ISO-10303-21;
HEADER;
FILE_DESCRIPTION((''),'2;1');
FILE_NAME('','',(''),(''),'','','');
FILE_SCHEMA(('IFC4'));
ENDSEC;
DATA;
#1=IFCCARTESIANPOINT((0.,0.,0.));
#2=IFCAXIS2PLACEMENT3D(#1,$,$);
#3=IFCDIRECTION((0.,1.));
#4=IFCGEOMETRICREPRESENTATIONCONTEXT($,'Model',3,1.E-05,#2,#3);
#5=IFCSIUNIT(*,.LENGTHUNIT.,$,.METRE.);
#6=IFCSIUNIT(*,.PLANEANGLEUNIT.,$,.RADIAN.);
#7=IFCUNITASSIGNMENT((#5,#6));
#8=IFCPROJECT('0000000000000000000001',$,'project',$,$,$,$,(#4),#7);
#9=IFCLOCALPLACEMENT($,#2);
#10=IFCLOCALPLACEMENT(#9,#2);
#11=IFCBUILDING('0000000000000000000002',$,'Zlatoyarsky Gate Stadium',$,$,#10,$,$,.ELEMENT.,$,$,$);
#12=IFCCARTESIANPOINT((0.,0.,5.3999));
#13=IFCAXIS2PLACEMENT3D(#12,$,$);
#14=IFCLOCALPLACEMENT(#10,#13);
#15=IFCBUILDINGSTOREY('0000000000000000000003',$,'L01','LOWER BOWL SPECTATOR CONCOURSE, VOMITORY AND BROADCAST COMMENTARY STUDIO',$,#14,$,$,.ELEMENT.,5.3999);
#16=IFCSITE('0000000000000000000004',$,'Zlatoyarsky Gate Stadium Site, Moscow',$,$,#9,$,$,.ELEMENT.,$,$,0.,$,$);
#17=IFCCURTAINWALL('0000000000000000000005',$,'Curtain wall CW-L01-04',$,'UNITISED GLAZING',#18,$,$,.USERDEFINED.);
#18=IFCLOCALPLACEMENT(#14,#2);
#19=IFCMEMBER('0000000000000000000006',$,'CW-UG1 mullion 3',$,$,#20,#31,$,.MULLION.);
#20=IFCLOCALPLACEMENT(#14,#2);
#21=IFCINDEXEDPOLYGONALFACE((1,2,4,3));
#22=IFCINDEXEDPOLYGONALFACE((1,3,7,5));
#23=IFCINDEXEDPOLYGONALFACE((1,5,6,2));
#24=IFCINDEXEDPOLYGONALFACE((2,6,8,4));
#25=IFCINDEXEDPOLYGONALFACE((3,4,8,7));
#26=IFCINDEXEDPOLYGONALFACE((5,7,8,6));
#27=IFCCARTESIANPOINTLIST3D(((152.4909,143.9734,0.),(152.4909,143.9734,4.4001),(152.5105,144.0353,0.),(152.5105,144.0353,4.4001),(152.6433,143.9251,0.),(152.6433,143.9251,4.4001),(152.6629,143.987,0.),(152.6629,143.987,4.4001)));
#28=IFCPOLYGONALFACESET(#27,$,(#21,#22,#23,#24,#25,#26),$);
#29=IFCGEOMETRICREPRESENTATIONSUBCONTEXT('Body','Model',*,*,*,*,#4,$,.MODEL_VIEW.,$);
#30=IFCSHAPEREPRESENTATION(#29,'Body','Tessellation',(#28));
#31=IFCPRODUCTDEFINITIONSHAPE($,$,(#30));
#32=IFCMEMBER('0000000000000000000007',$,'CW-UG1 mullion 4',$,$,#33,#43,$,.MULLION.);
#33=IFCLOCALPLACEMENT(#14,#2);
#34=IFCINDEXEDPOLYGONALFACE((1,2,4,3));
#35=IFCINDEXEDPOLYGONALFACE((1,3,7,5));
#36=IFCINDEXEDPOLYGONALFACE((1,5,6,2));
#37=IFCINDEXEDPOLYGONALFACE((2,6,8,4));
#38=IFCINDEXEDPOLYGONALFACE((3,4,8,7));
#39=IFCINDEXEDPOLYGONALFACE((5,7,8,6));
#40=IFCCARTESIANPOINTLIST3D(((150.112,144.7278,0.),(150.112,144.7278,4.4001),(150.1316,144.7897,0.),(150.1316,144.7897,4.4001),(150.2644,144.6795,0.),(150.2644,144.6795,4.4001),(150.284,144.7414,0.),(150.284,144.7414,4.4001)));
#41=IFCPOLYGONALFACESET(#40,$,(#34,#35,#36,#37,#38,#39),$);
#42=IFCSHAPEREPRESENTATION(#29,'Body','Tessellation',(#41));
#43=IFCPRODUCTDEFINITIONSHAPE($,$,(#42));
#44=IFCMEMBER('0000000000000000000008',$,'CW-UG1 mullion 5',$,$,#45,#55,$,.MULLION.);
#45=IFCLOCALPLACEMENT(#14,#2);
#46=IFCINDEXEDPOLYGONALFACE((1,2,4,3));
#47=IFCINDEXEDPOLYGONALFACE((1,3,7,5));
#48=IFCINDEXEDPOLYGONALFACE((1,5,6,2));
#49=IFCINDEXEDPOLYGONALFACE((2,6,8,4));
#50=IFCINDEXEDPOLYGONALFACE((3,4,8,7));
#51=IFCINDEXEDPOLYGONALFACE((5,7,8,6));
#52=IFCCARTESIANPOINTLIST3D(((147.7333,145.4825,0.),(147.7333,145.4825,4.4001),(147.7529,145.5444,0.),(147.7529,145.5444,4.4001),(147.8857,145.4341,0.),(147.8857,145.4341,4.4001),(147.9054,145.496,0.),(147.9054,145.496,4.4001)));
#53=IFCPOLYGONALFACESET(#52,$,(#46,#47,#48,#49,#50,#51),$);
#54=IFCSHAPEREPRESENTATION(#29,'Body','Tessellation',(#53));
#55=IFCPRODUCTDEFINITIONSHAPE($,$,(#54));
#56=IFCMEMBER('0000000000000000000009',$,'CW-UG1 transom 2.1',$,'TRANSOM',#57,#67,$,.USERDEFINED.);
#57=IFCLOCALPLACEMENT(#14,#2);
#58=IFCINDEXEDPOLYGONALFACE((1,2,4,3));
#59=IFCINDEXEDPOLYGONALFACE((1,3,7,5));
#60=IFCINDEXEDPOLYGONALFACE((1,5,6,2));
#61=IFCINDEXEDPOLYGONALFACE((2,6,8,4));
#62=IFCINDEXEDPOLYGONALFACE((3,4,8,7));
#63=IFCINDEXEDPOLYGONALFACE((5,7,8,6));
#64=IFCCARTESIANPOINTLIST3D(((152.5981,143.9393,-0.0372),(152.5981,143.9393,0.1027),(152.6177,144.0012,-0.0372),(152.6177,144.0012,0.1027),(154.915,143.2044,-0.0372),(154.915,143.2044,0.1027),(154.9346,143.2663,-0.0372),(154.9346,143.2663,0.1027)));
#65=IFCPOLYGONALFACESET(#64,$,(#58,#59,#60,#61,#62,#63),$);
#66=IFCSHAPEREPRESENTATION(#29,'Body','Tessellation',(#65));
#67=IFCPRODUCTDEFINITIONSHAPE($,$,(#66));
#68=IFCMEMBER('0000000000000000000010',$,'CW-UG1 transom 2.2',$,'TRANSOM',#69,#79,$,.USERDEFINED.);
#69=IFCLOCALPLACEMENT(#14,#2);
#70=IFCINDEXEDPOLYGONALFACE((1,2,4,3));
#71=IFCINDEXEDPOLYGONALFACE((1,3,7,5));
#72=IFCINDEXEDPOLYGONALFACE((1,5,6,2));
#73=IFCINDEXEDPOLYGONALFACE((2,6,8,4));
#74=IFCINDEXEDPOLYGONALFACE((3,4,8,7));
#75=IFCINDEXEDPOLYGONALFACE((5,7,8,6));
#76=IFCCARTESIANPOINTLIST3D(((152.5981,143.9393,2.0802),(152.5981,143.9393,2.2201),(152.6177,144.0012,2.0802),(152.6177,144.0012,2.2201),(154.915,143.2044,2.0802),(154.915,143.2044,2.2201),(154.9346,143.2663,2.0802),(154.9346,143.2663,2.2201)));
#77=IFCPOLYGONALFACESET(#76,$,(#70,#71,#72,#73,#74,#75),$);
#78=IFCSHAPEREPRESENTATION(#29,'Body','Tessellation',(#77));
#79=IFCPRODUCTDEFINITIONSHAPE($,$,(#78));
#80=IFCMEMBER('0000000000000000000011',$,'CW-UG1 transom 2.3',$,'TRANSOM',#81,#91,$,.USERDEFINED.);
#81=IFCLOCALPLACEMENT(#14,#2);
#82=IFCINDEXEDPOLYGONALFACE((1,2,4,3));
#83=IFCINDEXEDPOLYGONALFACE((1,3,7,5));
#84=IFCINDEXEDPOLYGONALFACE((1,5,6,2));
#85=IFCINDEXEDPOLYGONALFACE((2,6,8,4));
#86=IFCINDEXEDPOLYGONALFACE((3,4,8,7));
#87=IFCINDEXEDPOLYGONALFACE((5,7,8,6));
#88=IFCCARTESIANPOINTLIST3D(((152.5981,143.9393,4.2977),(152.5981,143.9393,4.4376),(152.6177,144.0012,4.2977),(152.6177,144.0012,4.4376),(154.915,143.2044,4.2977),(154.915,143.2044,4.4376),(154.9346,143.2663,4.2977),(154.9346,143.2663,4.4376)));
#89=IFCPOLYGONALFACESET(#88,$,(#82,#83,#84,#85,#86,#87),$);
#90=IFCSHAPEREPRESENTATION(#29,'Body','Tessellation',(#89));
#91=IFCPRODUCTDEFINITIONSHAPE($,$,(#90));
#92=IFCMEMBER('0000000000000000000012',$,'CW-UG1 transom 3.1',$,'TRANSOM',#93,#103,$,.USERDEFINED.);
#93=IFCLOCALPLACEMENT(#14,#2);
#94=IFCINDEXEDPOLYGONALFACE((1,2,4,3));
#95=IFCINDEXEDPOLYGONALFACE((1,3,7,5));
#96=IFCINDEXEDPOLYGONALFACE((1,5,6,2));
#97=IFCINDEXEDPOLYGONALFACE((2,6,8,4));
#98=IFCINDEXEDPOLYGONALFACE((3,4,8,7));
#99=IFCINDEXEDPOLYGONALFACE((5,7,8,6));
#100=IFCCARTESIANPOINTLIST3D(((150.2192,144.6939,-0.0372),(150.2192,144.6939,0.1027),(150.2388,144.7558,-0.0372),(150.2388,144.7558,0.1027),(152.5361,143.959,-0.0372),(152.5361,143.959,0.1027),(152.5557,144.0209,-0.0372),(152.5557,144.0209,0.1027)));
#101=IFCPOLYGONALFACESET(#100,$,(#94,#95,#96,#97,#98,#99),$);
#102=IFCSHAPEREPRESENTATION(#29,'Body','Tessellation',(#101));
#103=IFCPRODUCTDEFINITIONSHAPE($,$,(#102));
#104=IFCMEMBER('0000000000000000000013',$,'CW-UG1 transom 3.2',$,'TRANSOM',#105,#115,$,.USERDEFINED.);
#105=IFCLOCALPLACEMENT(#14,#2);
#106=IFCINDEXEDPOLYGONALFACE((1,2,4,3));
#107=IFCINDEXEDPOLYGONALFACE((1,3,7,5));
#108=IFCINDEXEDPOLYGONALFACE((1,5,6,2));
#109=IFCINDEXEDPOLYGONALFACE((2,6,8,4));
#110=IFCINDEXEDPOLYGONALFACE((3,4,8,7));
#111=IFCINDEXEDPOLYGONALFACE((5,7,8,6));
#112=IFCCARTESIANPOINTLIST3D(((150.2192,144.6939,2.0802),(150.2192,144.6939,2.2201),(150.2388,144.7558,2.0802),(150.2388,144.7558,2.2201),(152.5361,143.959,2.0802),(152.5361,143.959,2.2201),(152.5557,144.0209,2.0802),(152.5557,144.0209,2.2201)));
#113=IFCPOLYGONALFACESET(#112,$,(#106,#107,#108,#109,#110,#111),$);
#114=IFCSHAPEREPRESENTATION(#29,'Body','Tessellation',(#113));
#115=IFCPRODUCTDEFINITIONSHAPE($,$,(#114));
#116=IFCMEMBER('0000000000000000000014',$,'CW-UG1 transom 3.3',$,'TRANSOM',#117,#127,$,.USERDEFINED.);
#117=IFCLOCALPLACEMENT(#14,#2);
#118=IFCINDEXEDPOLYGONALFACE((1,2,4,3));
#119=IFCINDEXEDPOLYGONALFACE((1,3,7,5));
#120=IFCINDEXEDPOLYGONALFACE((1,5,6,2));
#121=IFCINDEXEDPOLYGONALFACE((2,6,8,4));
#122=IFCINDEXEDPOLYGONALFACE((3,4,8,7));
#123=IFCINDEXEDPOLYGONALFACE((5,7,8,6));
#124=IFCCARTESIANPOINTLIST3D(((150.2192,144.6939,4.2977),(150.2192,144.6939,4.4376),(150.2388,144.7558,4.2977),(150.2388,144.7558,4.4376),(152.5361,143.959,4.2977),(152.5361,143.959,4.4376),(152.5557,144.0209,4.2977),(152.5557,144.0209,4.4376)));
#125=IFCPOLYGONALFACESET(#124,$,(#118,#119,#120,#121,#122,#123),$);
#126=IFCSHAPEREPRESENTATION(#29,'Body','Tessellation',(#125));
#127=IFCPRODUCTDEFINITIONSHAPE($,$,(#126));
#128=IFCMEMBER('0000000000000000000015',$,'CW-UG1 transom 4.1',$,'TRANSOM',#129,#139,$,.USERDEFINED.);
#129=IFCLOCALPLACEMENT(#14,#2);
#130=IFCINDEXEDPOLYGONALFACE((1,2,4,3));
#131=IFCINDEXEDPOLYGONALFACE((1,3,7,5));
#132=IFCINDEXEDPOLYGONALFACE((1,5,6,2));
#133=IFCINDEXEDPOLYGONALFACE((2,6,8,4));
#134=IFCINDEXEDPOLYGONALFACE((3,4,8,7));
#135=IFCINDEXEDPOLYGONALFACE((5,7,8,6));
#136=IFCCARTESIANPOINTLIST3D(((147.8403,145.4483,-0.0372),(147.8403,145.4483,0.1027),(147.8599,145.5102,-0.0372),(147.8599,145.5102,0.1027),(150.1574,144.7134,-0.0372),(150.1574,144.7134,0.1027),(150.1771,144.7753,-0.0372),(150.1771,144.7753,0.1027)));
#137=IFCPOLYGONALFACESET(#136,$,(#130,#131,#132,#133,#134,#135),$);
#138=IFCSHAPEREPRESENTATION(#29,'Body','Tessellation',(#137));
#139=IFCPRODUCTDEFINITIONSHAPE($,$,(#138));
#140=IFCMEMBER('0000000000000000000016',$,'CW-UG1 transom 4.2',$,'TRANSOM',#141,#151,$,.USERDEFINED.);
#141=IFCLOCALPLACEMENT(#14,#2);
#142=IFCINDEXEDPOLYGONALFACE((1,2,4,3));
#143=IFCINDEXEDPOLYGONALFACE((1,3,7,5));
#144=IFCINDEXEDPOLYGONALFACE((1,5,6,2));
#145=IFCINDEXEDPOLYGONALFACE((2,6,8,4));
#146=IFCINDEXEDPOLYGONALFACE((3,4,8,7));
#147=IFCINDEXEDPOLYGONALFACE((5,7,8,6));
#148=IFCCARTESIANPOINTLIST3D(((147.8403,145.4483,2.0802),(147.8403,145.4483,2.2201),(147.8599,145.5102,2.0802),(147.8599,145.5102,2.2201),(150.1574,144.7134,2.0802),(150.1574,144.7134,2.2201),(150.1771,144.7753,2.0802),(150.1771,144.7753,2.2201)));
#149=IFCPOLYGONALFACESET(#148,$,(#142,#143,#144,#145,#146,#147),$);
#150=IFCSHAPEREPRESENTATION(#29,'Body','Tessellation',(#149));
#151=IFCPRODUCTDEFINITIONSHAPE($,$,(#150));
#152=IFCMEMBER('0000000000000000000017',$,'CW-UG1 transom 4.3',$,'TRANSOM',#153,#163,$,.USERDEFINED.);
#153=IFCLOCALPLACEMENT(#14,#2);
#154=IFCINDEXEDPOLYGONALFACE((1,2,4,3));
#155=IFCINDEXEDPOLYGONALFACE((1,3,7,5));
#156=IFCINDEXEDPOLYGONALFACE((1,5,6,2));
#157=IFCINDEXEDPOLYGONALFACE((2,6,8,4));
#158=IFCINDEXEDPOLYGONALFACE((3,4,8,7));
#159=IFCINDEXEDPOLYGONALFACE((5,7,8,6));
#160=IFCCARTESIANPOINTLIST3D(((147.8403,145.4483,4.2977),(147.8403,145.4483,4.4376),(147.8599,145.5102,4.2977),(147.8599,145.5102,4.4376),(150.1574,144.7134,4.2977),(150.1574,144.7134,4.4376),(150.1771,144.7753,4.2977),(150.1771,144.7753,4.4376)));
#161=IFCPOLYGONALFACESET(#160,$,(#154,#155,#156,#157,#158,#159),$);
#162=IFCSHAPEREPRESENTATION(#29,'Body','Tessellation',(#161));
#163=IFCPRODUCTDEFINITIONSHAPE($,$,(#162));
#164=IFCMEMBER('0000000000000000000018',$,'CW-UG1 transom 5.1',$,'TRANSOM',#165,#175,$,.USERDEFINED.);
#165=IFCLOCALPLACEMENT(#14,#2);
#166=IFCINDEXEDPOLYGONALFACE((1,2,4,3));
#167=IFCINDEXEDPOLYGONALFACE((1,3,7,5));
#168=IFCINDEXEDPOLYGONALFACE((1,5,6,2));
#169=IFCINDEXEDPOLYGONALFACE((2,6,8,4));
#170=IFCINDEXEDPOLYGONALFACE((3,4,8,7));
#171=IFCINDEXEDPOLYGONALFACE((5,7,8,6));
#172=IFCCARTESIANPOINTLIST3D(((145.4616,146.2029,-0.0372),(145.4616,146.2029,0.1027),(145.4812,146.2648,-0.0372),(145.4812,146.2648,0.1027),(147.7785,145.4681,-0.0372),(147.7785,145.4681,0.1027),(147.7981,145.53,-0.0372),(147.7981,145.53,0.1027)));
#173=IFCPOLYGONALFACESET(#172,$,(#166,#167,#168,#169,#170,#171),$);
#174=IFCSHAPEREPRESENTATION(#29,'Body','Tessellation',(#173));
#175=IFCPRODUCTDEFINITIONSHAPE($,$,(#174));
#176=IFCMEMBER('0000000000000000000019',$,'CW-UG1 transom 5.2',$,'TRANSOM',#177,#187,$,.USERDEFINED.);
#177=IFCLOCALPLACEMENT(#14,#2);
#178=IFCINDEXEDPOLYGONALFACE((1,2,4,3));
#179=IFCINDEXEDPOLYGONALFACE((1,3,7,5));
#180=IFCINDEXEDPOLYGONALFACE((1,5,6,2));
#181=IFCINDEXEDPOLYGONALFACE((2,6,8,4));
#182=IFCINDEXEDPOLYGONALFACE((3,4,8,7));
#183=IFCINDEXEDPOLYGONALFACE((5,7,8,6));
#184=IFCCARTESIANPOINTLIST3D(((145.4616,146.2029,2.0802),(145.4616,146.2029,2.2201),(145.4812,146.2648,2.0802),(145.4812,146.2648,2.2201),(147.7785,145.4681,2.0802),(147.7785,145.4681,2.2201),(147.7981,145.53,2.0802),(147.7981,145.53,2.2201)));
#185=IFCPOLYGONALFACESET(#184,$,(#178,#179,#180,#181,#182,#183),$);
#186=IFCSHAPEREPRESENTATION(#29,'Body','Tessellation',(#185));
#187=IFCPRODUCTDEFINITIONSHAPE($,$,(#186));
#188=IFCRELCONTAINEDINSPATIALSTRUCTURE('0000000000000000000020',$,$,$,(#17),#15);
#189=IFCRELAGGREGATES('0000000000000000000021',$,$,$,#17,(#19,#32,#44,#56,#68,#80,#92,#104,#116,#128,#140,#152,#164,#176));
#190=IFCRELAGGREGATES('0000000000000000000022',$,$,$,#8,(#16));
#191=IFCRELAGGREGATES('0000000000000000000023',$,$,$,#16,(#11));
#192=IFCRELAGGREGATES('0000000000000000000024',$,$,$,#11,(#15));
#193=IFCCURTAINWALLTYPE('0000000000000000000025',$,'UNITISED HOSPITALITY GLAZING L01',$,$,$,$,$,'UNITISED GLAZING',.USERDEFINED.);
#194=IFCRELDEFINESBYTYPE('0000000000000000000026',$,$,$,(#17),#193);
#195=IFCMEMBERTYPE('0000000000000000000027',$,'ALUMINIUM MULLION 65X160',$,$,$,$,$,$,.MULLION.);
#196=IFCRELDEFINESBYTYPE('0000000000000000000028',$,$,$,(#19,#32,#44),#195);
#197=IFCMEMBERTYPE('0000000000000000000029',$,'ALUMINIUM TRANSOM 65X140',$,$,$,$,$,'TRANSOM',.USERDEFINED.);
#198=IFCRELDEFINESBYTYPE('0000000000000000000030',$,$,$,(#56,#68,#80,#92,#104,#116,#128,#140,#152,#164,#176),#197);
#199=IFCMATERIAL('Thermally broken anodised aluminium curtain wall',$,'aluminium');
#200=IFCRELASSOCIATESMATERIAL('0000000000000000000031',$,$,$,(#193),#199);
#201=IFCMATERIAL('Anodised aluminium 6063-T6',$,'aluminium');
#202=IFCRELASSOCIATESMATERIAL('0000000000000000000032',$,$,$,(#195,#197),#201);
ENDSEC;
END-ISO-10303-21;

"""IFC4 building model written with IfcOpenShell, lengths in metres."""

from ifc_helpers import new_model, si_unit, direction, frame, origin, origin_2d, place, context, subcontext, project, spatial, rectangle, extrude, material, material_profile, profile_set, type_object, element, aggregate, save


model = new_model("IFC4")

# Units and contexts
model_context = context("Model", 3, precision=1e-05, world=origin(), true_north=direction((0.0, 1.0)))
body_context = subcontext(model_context, "Body", "Model", "MODEL_VIEW")
ifc_project = project(units=[si_unit("LENGTHUNIT", "METRE"), si_unit("PLANEANGLEUNIT", "RADIAN")], contexts=[model_context])

# Site, building, storey
site_placement = place(None, origin())
site = spatial("IfcSite", under=ifc_project, at=site_placement, Name="Zlatoyarsky Gate Stadium Site, Moscow", CompositionType="ELEMENT", RefElevation=0.0)
building_placement = place(site_placement, origin())
building = spatial("IfcBuilding", under=site, at=building_placement, Name="Zlatoyarsky Gate Stadium", CompositionType="ELEMENT")
storey_placement = place(building_placement, frame((0.0, 0.0, 5.3999)))
storey = spatial("IfcBuildingStorey", under=building, at=storey_placement, Name="L01", Description="LOWER BOWL SPECTATOR CONCOURSE, VOMITORY AND BROADCAST COMMENTARY STUDIO", CompositionType="ELEMENT", Elevation=5.3999)

# Curtain wall, members
ifc_material_1 = material(Name="Thermally broken anodised aluminium curtain wall", Category="aluminium")
curtain_wall_type = type_object("IfcCurtainWallType", Name="UNITISED HOSPITALITY GLAZING L01", ElementType="UNITISED GLAZING", PredefinedType="USERDEFINED", material=ifc_material_1)
curtain_wall_placement = place(storey_placement, origin())
curtain_wall = element("IfcCurtainWall", 1, at=curtain_wall_placement, inside=storey, type_object=curtain_wall_type, Name="Curtain wall CW-L01-04", ObjectType="UNITISED GLAZING", PredefinedType="USERDEFINED")
ifc_material_2 = material(Name="Anodised aluminium 6063-T6", Category="aluminium")
ifc_material_profile_1 = material_profile(ifc_material_2, rectangle(XDim=0.0649, YDim=0.1599, at=origin_2d()), Name="ALU 65X160")
ifc_profile_set_1 = profile_set([ifc_material_profile_1], Name="Anodised aluminium 6063-T6")
member_type_1 = type_object("IfcMemberType", Name="ALUMINIUM MULLION 65X160", PredefinedType="MULLION", material=ifc_profile_set_1)
member_1_placement = place(storey_placement, frame((152.5769, 143.9802, 0.0), z_axis=(0.0, 0.0, 1.0), x_axis=(-0.302334, -0.953202, 0.0)))
member_1 = element("IfcMember", 2, at=member_1_placement, type_object=member_type_1, Name="CW-UG1 mullion 3", PredefinedType="MULLION", context=body_context, shape_type="SweptSolid", body=[
    extrude(rectangle(XDim=0.0649, YDim=0.1599, at=origin_2d()), origin(), (0.0, 0.0, 1.0), 4.4001),
])
member_2_placement = place(storey_placement, frame((150.198, 144.7346, 0.0), z_axis=(0.0, 0.0, 1.0), x_axis=(-0.302334, -0.953202, 0.0)))
member_2 = element("IfcMember", 3, at=member_2_placement, type_object=member_type_1, Name="CW-UG1 mullion 4", PredefinedType="MULLION", context=body_context, shape_type="SweptSolid", body=[
    extrude(rectangle(XDim=0.0649, YDim=0.1599, at=origin_2d()), origin(), (0.0, 0.0, 1.0), 4.4001),
])
member_3_placement = place(storey_placement, frame((147.8193, 145.4893, 0.0), z_axis=(0.0, 0.0, 1.0), x_axis=(-0.302334, -0.953202, 0.0)))
member_3 = element("IfcMember", 4, at=member_3_placement, type_object=member_type_1, Name="CW-UG1 mullion 5", PredefinedType="MULLION", context=body_context, shape_type="SweptSolid", body=[
    extrude(rectangle(XDim=0.0649, YDim=0.1599, at=origin_2d()), origin(), (0.0, 0.0, 1.0), 4.4001),
])
ifc_material_profile_2 = material_profile(ifc_material_2, rectangle(XDim=0.0649, YDim=0.1399, at=origin_2d()), Name="ALU 65X140")
ifc_profile_set_2 = profile_set([ifc_material_profile_2], Name="Anodised aluminium 6063-T6")
member_type_2 = type_object("IfcMemberType", Name="ALUMINIUM TRANSOM 65X140", ElementType="TRANSOM", PredefinedType="USERDEFINED", material=ifc_profile_set_2)
member_4_placement = place(storey_placement, frame((154.9248, 143.2354, 0.0327), z_axis=(-0.953202, 0.302333, 0.0), x_axis=(-0.302333, -0.953202, 0.0)))
member_4 = element("IfcMember", 5, at=member_4_placement, type_object=member_type_2, Name="CW-UG1 transom 2.1", ObjectType="TRANSOM", PredefinedType="USERDEFINED", context=body_context, shape_type="SweptSolid", body=[
    extrude(rectangle(XDim=0.0649, YDim=0.1399, at=origin_2d()), origin(), (0.0, 0.0, 1.0), 2.4307),
])
member_5_placement = place(storey_placement, frame((154.9248, 143.2354, 2.1501), z_axis=(-0.953202, 0.302333, 0.0), x_axis=(-0.302333, -0.953202, 0.0)))
member_5 = element("IfcMember", 6, at=member_5_placement, type_object=member_type_2, Name="CW-UG1 transom 2.2", ObjectType="TRANSOM", PredefinedType="USERDEFINED", context=body_context, shape_type="SweptSolid", body=[
    extrude(rectangle(XDim=0.0649, YDim=0.1399, at=origin_2d()), origin(), (0.0, 0.0, 1.0), 2.4307),
])
member_6_placement = place(storey_placement, frame((154.9248, 143.2354, 4.3677), z_axis=(-0.953202, 0.302333, 0.0), x_axis=(-0.302333, -0.953202, 0.0)))
member_6 = element("IfcMember", 7, at=member_6_placement, type_object=member_type_2, Name="CW-UG1 transom 2.3", ObjectType="TRANSOM", PredefinedType="USERDEFINED", context=body_context, shape_type="SweptSolid", body=[
    extrude(rectangle(XDim=0.0649, YDim=0.1399, at=origin_2d()), origin(), (0.0, 0.0, 1.0), 2.4307),
])
member_7_placement = place(storey_placement, frame((152.5459, 143.99, 0.0327), z_axis=(-0.953202, 0.302333, 0.0), x_axis=(-0.302333, -0.953202, 0.0)))
member_7 = element("IfcMember", 8, at=member_7_placement, type_object=member_type_2, Name="CW-UG1 transom 3.1", ObjectType="TRANSOM", PredefinedType="USERDEFINED", context=body_context, shape_type="SweptSolid", body=[
    extrude(rectangle(XDim=0.0649, YDim=0.1399, at=origin_2d()), origin(), (0.0, 0.0, 1.0), 2.4307),
])
member_8_placement = place(storey_placement, frame((152.5459, 143.99, 2.1501), z_axis=(-0.953202, 0.302333, 0.0), x_axis=(-0.302333, -0.953202, 0.0)))
member_8 = element("IfcMember", 9, at=member_8_placement, type_object=member_type_2, Name="CW-UG1 transom 3.2", ObjectType="TRANSOM", PredefinedType="USERDEFINED", context=body_context, shape_type="SweptSolid", body=[
    extrude(rectangle(XDim=0.0649, YDim=0.1399, at=origin_2d()), origin(), (0.0, 0.0, 1.0), 2.4307),
])
member_9_placement = place(storey_placement, frame((152.5459, 143.99, 4.3677), z_axis=(-0.953202, 0.302333, 0.0), x_axis=(-0.302333, -0.953202, 0.0)))
member_9 = element("IfcMember", 10, at=member_9_placement, type_object=member_type_2, Name="CW-UG1 transom 3.3", ObjectType="TRANSOM", PredefinedType="USERDEFINED", context=body_context, shape_type="SweptSolid", body=[
    extrude(rectangle(XDim=0.0649, YDim=0.1399, at=origin_2d()), origin(), (0.0, 0.0, 1.0), 2.4307),
])
member_10_placement = place(storey_placement, frame((150.1672, 144.7444, 0.0327), z_axis=(-0.953212, 0.302304, 0.0), x_axis=(-0.302304, -0.953212, 0.0)))
member_10 = element("IfcMember", 11, at=member_10_placement, type_object=member_type_2, Name="CW-UG1 transom 4.1", ObjectType="TRANSOM", PredefinedType="USERDEFINED", context=body_context, shape_type="SweptSolid", body=[
    extrude(rectangle(XDim=0.0649, YDim=0.1399, at=origin_2d()), origin(), (0.0, 0.0, 1.0), 2.4309),
])
member_11_placement = place(storey_placement, frame((150.1672, 144.7444, 2.1501), z_axis=(-0.953212, 0.302304, 0.0), x_axis=(-0.302304, -0.953212, 0.0)))
member_11 = element("IfcMember", 12, at=member_11_placement, type_object=member_type_2, Name="CW-UG1 transom 4.2", ObjectType="TRANSOM", PredefinedType="USERDEFINED", context=body_context, shape_type="SweptSolid", body=[
    extrude(rectangle(XDim=0.0649, YDim=0.1399, at=origin_2d()), origin(), (0.0, 0.0, 1.0), 2.4309),
])
member_12_placement = place(storey_placement, frame((150.1672, 144.7444, 4.3677), z_axis=(-0.953212, 0.302304, 0.0), x_axis=(-0.302304, -0.953212, 0.0)))
member_12 = element("IfcMember", 13, at=member_12_placement, type_object=member_type_2, Name="CW-UG1 transom 4.3", ObjectType="TRANSOM", PredefinedType="USERDEFINED", context=body_context, shape_type="SweptSolid", body=[
    extrude(rectangle(XDim=0.0649, YDim=0.1399, at=origin_2d()), origin(), (0.0, 0.0, 1.0), 2.4309),
])
member_13_placement = place(storey_placement, frame((147.7883, 145.499, 0.0327), z_axis=(-0.953202, 0.302333, 0.0), x_axis=(-0.302333, -0.953202, 0.0)))
member_13 = element("IfcMember", 14, at=member_13_placement, type_object=member_type_2, Name="CW-UG1 transom 5.1", ObjectType="TRANSOM", PredefinedType="USERDEFINED", context=body_context, shape_type="SweptSolid", body=[
    extrude(rectangle(XDim=0.0649, YDim=0.1399, at=origin_2d()), origin(), (0.0, 0.0, 1.0), 2.4307),
])
member_14_placement = place(storey_placement, frame((147.7883, 145.499, 2.1501), z_axis=(-0.953202, 0.302333, 0.0), x_axis=(-0.302333, -0.953202, 0.0)))
member_14 = element("IfcMember", 15, at=member_14_placement, type_object=member_type_2, Name="CW-UG1 transom 5.2", ObjectType="TRANSOM", PredefinedType="USERDEFINED", context=body_context, shape_type="SweptSolid", body=[
    extrude(rectangle(XDim=0.0649, YDim=0.1399, at=origin_2d()), origin(), (0.0, 0.0, 1.0), 2.4307),
])

aggregate(curtain_wall, [member_1, member_2, member_3, member_4, member_5, member_6, member_7, member_8, member_9, member_10, member_11, member_12, member_13, member_14])

save(model, "model.ifc")
